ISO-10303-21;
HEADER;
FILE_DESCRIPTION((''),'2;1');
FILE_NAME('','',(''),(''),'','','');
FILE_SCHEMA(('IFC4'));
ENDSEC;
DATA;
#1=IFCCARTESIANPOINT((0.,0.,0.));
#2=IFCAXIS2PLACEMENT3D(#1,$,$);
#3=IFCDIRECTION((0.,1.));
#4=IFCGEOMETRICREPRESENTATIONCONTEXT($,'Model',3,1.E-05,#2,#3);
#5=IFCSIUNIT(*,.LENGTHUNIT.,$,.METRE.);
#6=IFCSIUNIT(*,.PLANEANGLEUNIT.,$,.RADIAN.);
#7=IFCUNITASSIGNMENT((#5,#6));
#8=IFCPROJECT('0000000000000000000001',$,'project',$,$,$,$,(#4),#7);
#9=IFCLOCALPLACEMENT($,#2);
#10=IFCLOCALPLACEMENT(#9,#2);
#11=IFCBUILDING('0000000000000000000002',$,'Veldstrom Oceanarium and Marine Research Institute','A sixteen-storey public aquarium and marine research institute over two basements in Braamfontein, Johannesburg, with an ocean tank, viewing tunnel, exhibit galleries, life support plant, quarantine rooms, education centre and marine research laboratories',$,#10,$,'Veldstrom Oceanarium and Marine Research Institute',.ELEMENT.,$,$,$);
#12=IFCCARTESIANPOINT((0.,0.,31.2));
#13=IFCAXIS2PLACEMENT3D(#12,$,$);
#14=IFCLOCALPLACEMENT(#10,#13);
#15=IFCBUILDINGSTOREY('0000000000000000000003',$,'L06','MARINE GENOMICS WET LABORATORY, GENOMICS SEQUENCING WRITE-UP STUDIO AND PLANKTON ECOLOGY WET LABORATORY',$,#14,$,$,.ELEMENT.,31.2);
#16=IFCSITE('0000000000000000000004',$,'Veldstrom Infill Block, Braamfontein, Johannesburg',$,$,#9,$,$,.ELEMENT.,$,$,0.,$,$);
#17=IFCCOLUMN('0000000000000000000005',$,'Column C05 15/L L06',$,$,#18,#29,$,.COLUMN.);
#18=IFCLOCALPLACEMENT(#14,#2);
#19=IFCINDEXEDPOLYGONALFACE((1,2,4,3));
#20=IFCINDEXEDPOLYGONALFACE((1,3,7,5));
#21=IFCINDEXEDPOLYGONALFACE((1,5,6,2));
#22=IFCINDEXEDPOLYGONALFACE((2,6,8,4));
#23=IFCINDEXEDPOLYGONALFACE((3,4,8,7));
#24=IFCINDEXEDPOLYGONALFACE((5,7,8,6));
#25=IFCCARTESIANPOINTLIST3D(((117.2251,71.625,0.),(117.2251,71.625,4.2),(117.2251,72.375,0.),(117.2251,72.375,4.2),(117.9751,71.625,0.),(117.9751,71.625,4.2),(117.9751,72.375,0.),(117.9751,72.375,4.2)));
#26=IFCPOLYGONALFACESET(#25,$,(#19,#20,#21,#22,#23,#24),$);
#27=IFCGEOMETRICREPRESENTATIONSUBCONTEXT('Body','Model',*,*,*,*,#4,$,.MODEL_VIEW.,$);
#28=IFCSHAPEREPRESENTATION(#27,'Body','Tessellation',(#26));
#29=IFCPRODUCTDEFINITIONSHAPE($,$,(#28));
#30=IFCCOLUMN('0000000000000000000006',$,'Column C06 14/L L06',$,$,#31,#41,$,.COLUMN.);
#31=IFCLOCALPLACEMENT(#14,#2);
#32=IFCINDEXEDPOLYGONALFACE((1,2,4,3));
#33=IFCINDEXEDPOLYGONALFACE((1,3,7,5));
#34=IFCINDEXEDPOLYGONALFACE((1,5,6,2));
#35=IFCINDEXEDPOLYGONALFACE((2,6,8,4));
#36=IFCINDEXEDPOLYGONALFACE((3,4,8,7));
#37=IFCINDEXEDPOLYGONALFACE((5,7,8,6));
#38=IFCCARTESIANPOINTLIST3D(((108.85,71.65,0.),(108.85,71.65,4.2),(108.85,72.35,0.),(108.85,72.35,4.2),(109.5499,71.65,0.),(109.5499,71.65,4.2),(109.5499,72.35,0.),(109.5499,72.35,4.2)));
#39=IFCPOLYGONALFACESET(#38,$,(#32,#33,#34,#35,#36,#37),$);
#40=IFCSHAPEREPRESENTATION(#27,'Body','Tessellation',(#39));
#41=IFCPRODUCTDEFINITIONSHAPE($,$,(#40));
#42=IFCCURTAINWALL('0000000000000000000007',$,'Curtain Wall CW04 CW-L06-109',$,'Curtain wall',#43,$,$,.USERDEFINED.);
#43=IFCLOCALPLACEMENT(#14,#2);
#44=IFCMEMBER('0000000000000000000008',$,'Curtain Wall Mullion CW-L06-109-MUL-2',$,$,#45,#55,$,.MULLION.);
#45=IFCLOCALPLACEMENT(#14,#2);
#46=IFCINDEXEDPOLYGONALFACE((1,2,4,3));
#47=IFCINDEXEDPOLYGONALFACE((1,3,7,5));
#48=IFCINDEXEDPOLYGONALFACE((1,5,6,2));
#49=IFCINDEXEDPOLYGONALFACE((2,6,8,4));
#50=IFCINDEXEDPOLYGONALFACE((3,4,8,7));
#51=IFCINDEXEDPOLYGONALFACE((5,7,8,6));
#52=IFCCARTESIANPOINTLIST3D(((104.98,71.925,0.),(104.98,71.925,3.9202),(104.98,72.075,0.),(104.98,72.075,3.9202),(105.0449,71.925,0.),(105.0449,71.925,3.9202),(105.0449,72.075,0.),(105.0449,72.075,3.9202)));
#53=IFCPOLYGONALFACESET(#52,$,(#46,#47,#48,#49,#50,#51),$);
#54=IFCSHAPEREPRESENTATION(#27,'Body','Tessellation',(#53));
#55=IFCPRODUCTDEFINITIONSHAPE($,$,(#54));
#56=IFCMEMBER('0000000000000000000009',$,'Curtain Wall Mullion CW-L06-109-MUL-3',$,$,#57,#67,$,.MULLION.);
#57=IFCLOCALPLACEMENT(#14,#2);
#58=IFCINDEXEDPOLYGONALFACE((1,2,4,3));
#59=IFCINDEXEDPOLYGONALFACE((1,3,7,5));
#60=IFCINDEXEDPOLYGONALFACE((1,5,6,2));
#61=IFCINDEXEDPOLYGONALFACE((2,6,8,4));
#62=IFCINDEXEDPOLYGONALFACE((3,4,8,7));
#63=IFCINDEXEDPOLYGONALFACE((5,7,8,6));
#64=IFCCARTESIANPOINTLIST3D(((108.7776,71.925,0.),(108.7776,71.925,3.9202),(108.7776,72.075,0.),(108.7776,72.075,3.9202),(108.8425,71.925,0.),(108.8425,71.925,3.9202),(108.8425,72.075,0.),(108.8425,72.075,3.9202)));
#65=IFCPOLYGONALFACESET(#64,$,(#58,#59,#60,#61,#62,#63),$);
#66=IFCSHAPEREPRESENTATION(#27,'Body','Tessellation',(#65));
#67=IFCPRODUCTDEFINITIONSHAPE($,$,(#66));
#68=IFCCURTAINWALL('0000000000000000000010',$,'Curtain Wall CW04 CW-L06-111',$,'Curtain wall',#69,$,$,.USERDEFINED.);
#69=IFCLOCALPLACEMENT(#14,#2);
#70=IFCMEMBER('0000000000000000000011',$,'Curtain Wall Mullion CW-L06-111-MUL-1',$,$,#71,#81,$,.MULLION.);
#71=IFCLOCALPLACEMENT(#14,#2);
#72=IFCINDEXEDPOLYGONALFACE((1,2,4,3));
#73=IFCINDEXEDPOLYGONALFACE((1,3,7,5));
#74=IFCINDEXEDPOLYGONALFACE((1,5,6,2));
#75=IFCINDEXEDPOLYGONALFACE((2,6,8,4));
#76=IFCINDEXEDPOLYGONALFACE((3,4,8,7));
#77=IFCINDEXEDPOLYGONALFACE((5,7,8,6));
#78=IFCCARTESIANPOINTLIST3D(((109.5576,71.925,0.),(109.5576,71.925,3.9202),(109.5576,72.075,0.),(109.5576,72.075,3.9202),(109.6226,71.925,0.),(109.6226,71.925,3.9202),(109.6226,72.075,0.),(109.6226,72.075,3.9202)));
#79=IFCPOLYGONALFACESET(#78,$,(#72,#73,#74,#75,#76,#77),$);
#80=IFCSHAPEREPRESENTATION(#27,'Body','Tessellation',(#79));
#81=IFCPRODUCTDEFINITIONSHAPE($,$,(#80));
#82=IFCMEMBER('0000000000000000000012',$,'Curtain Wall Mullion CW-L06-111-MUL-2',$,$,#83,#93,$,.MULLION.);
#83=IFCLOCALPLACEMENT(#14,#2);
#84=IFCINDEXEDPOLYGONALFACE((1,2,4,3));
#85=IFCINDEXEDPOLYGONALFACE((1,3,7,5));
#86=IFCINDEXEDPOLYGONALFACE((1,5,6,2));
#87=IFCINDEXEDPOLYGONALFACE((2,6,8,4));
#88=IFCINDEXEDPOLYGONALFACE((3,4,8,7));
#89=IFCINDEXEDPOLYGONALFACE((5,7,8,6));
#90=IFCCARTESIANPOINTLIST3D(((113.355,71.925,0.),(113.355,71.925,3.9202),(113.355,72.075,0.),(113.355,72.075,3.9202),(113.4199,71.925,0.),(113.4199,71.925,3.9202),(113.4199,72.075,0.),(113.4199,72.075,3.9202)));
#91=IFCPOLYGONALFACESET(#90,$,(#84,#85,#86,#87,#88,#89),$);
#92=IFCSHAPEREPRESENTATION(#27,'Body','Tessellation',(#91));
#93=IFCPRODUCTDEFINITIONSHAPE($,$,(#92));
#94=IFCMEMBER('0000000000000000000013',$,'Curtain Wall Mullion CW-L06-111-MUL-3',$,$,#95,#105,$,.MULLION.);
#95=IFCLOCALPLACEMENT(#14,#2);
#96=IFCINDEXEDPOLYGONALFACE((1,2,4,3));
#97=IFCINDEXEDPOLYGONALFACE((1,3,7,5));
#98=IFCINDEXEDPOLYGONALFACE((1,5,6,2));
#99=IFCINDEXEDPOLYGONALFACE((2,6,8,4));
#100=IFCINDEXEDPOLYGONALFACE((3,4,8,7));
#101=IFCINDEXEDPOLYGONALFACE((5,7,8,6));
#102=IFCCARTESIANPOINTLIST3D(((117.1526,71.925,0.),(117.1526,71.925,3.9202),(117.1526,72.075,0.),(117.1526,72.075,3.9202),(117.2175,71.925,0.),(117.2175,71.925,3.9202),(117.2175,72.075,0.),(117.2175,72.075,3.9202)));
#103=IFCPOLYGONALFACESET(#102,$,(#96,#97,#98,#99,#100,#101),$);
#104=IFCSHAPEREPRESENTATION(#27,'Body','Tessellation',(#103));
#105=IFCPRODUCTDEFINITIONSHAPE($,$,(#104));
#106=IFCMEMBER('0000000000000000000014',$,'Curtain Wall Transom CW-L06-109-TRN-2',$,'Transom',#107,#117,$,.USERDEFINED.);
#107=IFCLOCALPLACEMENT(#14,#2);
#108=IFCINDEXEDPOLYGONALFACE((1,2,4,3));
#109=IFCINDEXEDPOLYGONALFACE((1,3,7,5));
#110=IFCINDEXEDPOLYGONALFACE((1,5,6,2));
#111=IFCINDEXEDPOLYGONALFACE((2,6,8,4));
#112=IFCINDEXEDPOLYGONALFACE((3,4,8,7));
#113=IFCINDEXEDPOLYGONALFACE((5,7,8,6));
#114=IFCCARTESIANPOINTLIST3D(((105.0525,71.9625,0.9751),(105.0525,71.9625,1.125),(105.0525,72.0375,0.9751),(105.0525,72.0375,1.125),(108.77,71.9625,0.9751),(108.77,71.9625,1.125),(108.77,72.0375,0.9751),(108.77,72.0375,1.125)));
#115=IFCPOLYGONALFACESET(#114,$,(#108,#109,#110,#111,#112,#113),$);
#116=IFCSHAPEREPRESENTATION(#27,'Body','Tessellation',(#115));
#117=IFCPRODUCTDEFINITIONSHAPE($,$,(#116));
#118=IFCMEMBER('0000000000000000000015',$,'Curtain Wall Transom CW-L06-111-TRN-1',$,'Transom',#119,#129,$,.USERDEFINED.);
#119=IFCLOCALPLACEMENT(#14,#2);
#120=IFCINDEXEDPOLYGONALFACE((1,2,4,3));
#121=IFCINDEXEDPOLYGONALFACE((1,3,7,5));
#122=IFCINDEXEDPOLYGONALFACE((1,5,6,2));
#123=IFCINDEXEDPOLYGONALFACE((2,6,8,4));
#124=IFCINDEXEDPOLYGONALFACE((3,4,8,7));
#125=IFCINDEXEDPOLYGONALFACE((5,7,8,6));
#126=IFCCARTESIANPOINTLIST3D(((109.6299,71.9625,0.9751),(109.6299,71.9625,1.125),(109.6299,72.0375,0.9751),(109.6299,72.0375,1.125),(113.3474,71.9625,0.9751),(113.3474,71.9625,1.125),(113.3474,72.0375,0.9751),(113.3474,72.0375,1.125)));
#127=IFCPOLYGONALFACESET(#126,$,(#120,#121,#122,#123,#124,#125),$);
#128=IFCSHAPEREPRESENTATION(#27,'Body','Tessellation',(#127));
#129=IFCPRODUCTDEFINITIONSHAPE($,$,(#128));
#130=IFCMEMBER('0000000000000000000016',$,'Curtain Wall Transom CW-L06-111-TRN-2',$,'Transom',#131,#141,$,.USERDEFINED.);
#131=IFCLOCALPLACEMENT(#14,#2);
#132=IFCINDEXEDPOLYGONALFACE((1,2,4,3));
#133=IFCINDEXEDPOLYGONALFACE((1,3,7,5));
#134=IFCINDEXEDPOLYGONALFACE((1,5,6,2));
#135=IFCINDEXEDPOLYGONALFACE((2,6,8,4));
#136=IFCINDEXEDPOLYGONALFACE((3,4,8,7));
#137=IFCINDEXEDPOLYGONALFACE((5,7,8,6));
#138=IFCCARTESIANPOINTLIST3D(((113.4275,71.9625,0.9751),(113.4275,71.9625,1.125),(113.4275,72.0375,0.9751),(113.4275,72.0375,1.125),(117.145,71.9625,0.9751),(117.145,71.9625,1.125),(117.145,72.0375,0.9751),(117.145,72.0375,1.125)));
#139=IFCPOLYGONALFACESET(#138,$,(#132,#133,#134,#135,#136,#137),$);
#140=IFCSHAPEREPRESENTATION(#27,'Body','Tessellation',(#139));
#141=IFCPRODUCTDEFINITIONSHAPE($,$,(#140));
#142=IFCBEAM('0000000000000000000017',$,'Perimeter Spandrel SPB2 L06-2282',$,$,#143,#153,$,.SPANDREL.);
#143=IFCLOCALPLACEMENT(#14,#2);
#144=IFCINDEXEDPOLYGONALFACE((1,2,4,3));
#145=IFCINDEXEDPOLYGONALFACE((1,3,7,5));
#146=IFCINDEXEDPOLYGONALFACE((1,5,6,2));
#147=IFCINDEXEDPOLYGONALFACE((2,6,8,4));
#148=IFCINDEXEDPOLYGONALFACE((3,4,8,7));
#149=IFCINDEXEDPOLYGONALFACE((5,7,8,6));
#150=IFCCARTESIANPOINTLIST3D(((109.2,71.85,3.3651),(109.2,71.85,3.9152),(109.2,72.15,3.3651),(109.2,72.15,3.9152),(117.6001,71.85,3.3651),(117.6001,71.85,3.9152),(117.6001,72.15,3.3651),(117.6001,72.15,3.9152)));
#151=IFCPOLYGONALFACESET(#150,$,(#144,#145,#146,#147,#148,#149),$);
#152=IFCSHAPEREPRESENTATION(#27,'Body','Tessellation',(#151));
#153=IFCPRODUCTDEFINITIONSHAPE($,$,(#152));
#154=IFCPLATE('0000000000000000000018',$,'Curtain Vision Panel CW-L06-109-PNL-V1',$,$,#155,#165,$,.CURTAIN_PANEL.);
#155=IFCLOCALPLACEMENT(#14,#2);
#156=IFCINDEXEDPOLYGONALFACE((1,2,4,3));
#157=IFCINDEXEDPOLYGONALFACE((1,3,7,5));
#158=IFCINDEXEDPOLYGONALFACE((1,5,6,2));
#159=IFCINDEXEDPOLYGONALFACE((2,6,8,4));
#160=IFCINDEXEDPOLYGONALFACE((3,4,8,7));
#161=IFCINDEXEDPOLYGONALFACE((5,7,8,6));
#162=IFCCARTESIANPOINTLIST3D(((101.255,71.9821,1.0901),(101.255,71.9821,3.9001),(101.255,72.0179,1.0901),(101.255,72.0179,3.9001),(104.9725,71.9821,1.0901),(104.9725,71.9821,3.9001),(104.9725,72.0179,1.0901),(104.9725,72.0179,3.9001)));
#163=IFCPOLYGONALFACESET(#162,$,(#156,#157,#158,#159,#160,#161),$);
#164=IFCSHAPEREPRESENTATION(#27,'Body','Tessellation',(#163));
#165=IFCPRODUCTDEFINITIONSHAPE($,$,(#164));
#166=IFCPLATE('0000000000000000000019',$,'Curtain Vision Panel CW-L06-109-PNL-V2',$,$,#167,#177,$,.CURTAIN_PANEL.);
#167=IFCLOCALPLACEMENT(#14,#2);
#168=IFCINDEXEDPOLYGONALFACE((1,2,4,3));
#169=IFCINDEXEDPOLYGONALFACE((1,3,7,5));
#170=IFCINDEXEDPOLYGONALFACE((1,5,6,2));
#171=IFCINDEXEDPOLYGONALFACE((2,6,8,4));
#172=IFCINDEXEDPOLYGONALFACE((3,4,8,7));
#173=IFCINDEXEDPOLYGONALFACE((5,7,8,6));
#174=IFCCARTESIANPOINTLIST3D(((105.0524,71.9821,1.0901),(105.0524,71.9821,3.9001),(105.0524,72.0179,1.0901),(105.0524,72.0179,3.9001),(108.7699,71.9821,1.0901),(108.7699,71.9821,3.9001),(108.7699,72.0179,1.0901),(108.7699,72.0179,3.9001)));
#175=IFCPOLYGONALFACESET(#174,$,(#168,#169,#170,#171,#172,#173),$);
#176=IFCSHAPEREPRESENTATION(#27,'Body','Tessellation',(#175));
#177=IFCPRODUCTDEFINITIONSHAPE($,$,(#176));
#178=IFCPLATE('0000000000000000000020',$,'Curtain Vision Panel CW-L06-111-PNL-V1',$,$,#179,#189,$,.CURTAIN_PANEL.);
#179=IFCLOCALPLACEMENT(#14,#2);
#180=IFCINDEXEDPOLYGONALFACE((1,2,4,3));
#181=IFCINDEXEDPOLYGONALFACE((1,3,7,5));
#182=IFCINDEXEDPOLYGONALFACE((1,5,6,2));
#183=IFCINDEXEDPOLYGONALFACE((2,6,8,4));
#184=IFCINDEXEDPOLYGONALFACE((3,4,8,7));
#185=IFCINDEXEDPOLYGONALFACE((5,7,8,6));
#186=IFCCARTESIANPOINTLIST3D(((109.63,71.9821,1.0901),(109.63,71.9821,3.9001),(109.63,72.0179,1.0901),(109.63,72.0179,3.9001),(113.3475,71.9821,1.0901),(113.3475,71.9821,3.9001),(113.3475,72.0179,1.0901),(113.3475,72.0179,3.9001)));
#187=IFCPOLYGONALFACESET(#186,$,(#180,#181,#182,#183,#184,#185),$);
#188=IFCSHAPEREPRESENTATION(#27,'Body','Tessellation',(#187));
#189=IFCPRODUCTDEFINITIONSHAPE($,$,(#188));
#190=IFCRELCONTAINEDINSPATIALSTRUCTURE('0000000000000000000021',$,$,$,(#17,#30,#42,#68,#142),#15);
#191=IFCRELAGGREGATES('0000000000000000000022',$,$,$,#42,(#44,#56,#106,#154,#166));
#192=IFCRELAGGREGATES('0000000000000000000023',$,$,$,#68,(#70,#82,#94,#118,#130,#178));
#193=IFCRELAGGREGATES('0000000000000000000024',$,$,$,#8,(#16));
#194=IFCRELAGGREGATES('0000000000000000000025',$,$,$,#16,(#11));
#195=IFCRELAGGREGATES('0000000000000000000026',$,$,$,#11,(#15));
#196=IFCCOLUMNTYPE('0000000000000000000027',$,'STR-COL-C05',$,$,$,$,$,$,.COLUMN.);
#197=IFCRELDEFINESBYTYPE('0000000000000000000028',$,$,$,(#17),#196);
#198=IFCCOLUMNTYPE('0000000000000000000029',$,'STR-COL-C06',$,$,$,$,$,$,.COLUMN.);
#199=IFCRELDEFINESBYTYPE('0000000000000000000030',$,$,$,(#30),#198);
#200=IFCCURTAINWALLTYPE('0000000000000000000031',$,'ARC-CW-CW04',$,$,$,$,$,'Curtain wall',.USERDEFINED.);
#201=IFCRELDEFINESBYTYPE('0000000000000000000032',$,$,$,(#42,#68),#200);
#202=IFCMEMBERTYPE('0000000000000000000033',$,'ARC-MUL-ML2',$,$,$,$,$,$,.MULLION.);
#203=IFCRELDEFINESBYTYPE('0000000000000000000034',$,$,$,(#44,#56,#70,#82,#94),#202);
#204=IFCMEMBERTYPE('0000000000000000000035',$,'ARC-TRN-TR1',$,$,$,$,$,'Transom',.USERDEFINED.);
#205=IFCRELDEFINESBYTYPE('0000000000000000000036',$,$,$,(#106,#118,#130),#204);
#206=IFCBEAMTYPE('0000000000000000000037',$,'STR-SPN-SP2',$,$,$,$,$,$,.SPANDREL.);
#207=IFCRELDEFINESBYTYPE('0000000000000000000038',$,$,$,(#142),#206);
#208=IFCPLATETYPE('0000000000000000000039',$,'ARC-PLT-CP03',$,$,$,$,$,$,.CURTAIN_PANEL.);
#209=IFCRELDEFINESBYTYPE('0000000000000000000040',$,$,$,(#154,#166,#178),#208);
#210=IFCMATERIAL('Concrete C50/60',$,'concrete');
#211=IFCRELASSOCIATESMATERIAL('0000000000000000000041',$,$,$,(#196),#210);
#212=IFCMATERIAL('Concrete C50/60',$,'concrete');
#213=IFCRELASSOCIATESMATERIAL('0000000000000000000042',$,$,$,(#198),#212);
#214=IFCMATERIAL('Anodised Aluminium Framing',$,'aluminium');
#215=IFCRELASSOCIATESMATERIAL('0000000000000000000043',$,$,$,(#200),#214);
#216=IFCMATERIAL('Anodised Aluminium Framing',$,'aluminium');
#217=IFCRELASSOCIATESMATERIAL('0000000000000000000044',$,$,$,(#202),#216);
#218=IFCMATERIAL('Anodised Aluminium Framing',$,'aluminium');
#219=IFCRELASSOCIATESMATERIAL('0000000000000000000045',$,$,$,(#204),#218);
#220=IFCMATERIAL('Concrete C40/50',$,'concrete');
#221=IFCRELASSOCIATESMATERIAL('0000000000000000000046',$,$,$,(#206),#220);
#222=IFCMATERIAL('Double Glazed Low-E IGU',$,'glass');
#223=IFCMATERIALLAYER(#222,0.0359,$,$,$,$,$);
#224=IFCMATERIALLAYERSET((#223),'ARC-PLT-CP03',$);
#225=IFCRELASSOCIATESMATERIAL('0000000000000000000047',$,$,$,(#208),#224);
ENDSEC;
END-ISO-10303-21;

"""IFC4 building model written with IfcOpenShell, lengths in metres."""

from ifc_helpers import new_model, si_unit, direction, frame, origin, origin_2d, place, context, subcontext, project, spatial, rectangle, extrude, material, layer, layer_set, material_profile, profile_set, type_object, element, aggregate, save


model = new_model("IFC4")

# Units and contexts
model_context = context("Model", 3, precision=1e-05, world=origin(), true_north=direction((0.0, 1.0)))
body_context = subcontext(model_context, "Body", "Model", "MODEL_VIEW")
ifc_project = project(units=[si_unit("LENGTHUNIT", "METRE"), si_unit("PLANEANGLEUNIT", "RADIAN")], contexts=[model_context])

# Site, building, storey
site_placement = place(None, origin())
site = spatial("IfcSite", under=ifc_project, at=site_placement, Name="Veldstrom Infill Block, Braamfontein, Johannesburg", CompositionType="ELEMENT", RefElevation=0.0)
building_placement = place(site_placement, origin())
building = spatial("IfcBuilding", under=site, at=building_placement, Name="Veldstrom Oceanarium and Marine Research Institute", Description="A sixteen-storey public aquarium and marine research institute over two basements in Braamfontein, Johannesburg, with an ocean tank, viewing tunnel, exhibit galleries, life support plant, quarantine rooms, education centre and marine research laboratories", LongName="Veldstrom Oceanarium and Marine Research Institute", CompositionType="ELEMENT")
storey_placement = place(building_placement, frame((0.0, 0.0, 31.2)))
storey = spatial("IfcBuildingStorey", under=building, at=storey_placement, Name="L06", Description="MARINE GENOMICS WET LABORATORY, GENOMICS SEQUENCING WRITE-UP STUDIO AND PLANKTON ECOLOGY WET LABORATORY", CompositionType="ELEMENT", Elevation=31.2)

# Columns
ifc_material_1 = material(Name="Concrete C50/60", Category="concrete")
ifc_material_profile_1 = material_profile(ifc_material_1, rectangle(XDim=0.75, YDim=0.75, at=origin_2d()), Name="RC-COL-750x750")
ifc_profile_set_1 = profile_set([ifc_material_profile_1], Name="Concrete C50/60")
column_type_1 = type_object("IfcColumnType", Name="STR-COL-C05", PredefinedType="COLUMN", material=ifc_profile_set_1)
column_1_placement = place(storey_placement, frame((117.6001, 72.0, 0.0), z_axis=(0.0, 0.0, 1.0), x_axis=(1.0, 0.0, 0.0)))
element("IfcColumn", 1, at=column_1_placement, inside=storey, type_object=column_type_1, Name="Column C05 15/L L06", PredefinedType="COLUMN", context=body_context, shape_type="SweptSolid", body=[
    extrude(rectangle(XDim=0.75, YDim=0.75, at=origin_2d()), origin(), (0.0, 0.0, 1.0), 4.2),
])
ifc_material_2 = material(Name="Concrete C50/60", Category="concrete")
ifc_material_profile_2 = material_profile(ifc_material_2, rectangle(XDim=0.7, YDim=0.7, at=origin_2d()), Name="RC-COL-700x700")
ifc_profile_set_2 = profile_set([ifc_material_profile_2], Name="Concrete C50/60")
column_type_2 = type_object("IfcColumnType", Name="STR-COL-C06", PredefinedType="COLUMN", material=ifc_profile_set_2)
column_2_placement = place(storey_placement, frame((109.2, 72.0, 0.0), z_axis=(0.0, 0.0, 1.0), x_axis=(1.0, 0.0, 0.0)))
element("IfcColumn", 2, at=column_2_placement, inside=storey, type_object=column_type_2, Name="Column C06 14/L L06", PredefinedType="COLUMN", context=body_context, shape_type="SweptSolid", body=[
    extrude(rectangle(XDim=0.7, YDim=0.7, at=origin_2d()), origin(), (0.0, 0.0, 1.0), 4.2),
])

# Curtain walls, members
ifc_material_3 = material(Name="Anodised Aluminium Framing", Category="aluminium")
curtain_wall_type = type_object("IfcCurtainWallType", Name="ARC-CW-CW04", ElementType="Curtain wall", PredefinedType="USERDEFINED", material=ifc_material_3)
curtain_wall_1_placement = place(storey_placement, origin())
curtain_wall_1 = element("IfcCurtainWall", 3, at=curtain_wall_1_placement, inside=storey, type_object=curtain_wall_type, Name="Curtain Wall CW04 CW-L06-109", ObjectType="Curtain wall", PredefinedType="USERDEFINED")
ifc_material_4 = material(Name="Anodised Aluminium Framing", Category="aluminium")
ifc_material_profile_3 = material_profile(ifc_material_4, rectangle(XDim=0.0649, YDim=0.1499, at=origin_2d()), Name="ALU-MUL-65x150")
ifc_profile_set_3 = profile_set([ifc_material_profile_3], Name="Anodised Aluminium Framing")
member_type_1 = type_object("IfcMemberType", Name="ARC-MUL-ML2", PredefinedType="MULLION", material=ifc_profile_set_3)
member_1_placement = place(storey_placement, frame((105.0125, 72.0, 0.0), z_axis=(0.0, 0.0, 1.0), x_axis=(1.0, 0.0, 0.0)))
member_1 = element("IfcMember", 4, at=member_1_placement, type_object=member_type_1, Name="Curtain Wall Mullion CW-L06-109-MUL-2", PredefinedType="MULLION", context=body_context, shape_type="SweptSolid", body=[
    extrude(rectangle(XDim=0.0649, YDim=0.1499, at=origin_2d()), origin(), (0.0, 0.0, 1.0), 3.9202),
])
member_2_placement = place(storey_placement, frame((108.8101, 72.0, 0.0), z_axis=(0.0, 0.0, 1.0), x_axis=(1.0, 0.0, 0.0)))
member_2 = element("IfcMember", 5, at=member_2_placement, type_object=member_type_1, Name="Curtain Wall Mullion CW-L06-109-MUL-3", PredefinedType="MULLION", context=body_context, shape_type="SweptSolid", body=[
    extrude(rectangle(XDim=0.0649, YDim=0.1499, at=origin_2d()), origin(), (0.0, 0.0, 1.0), 3.9202),
])
curtain_wall_2_placement = place(storey_placement, origin())
curtain_wall_2 = element("IfcCurtainWall", 6, at=curtain_wall_2_placement, inside=storey, type_object=curtain_wall_type, Name="Curtain Wall CW04 CW-L06-111", ObjectType="Curtain wall", PredefinedType="USERDEFINED")
member_3_placement = place(storey_placement, frame((109.5901, 72.0, 0.0), z_axis=(0.0, 0.0, 1.0), x_axis=(1.0, 0.0, 0.0)))
member_3 = element("IfcMember", 7, at=member_3_placement, type_object=member_type_1, Name="Curtain Wall Mullion CW-L06-111-MUL-1", PredefinedType="MULLION", context=body_context, shape_type="SweptSolid", body=[
    extrude(rectangle(XDim=0.0649, YDim=0.1499, at=origin_2d()), origin(), (0.0, 0.0, 1.0), 3.9202),
])
member_4_placement = place(storey_placement, frame((113.3875, 72.0, 0.0), z_axis=(0.0, 0.0, 1.0), x_axis=(1.0, 0.0, 0.0)))
member_4 = element("IfcMember", 8, at=member_4_placement, type_object=member_type_1, Name="Curtain Wall Mullion CW-L06-111-MUL-2", PredefinedType="MULLION", context=body_context, shape_type="SweptSolid", body=[
    extrude(rectangle(XDim=0.0649, YDim=0.1499, at=origin_2d()), origin(), (0.0, 0.0, 1.0), 3.9202),
])
member_5_placement = place(storey_placement, frame((117.1851, 72.0, 0.0), z_axis=(0.0, 0.0, 1.0), x_axis=(1.0, 0.0, 0.0)))
member_5 = element("IfcMember", 9, at=member_5_placement, type_object=member_type_1, Name="Curtain Wall Mullion CW-L06-111-MUL-3", PredefinedType="MULLION", context=body_context, shape_type="SweptSolid", body=[
    extrude(rectangle(XDim=0.0649, YDim=0.1499, at=origin_2d()), origin(), (0.0, 0.0, 1.0), 3.9202),
])

# Members
ifc_material_5 = material(Name="Anodised Aluminium Framing", Category="aluminium")
ifc_material_profile_4 = material_profile(ifc_material_5, rectangle(XDim=0.075, YDim=0.1499, at=origin_2d()), Name="ALU-TRN-75x150")
ifc_profile_set_4 = profile_set([ifc_material_profile_4], Name="Anodised Aluminium Framing")
member_type_2 = type_object("IfcMemberType", Name="ARC-TRN-TR1", ElementType="Transom", PredefinedType="USERDEFINED", material=ifc_profile_set_4)
member_6_placement = place(storey_placement, frame((105.0525, 72.0, 1.05), z_axis=(1.0, 0.0, 0.0), x_axis=(0.0, 1.0, 0.0)))
member_6 = element("IfcMember", 10, at=member_6_placement, type_object=member_type_2, Name="Curtain Wall Transom CW-L06-109-TRN-2", ObjectType="Transom", PredefinedType="USERDEFINED", context=body_context, shape_type="SweptSolid", body=[
    extrude(rectangle(XDim=0.075, YDim=0.1499, at=origin_2d()), origin(), (0.0, 0.0, 1.0), 3.7175),
])
member_7_placement = place(storey_placement, frame((109.6299, 72.0, 1.05), z_axis=(1.0, 0.0, 0.0), x_axis=(0.0, 1.0, 0.0)))
member_7 = element("IfcMember", 11, at=member_7_placement, type_object=member_type_2, Name="Curtain Wall Transom CW-L06-111-TRN-1", ObjectType="Transom", PredefinedType="USERDEFINED", context=body_context, shape_type="SweptSolid", body=[
    extrude(rectangle(XDim=0.075, YDim=0.1499, at=origin_2d()), origin(), (0.0, 0.0, 1.0), 3.7175),
])
member_8_placement = place(storey_placement, frame((113.4275, 72.0, 1.05), z_axis=(1.0, 0.0, 0.0), x_axis=(0.0, 1.0, 0.0)))
member_8 = element("IfcMember", 12, at=member_8_placement, type_object=member_type_2, Name="Curtain Wall Transom CW-L06-111-TRN-2", ObjectType="Transom", PredefinedType="USERDEFINED", context=body_context, shape_type="SweptSolid", body=[
    extrude(rectangle(XDim=0.075, YDim=0.1499, at=origin_2d()), origin(), (0.0, 0.0, 1.0), 3.7175),
])

# Beam
ifc_material_6 = material(Name="Concrete C40/50", Category="concrete")
ifc_material_profile_5 = material_profile(ifc_material_6, rectangle(XDim=0.3, YDim=0.55, at=origin_2d()), Name="RC-SPN-300x550")
ifc_profile_set_5 = profile_set([ifc_material_profile_5], Name="Concrete C40/50")
beam_type = type_object("IfcBeamType", Name="STR-SPN-SP2", PredefinedType="SPANDREL", material=ifc_profile_set_5)
beam_placement = place(storey_placement, frame((109.2, 72.0, 3.6401), z_axis=(1.0, 0.0, 0.0), x_axis=(0.0, 1.0, 0.0)))
element("IfcBeam", 13, at=beam_placement, inside=storey, type_object=beam_type, Name="Perimeter Spandrel SPB2 L06-2282", PredefinedType="SPANDREL", context=body_context, shape_type="SweptSolid", body=[
    extrude(rectangle(XDim=0.3, YDim=0.55, at=origin_2d()), origin(), (0.0, 0.0, 1.0), 8.4001),
])

# Plates
ifc_material_7 = material(Name="Double Glazed Low-E IGU", Category="glass")
ifc_layer_1 = layer(ifc_material_7, 0.0359)
ifc_layer_set_1 = layer_set([ifc_layer_1], Name="ARC-PLT-CP03")
plate_type_1 = type_object("IfcPlateType", Name="ARC-PLT-CP03", PredefinedType="CURTAIN_PANEL", material=ifc_layer_set_1)
plate_1_placement = place(storey_placement, frame((103.1138, 72.0, 1.0901), z_axis=(0.0, 0.0, 1.0), x_axis=(1.0, 0.0, 0.0)))
plate_1 = element("IfcPlate", 14, at=plate_1_placement, type_object=plate_type_1, Name="Curtain Vision Panel CW-L06-109-PNL-V1", PredefinedType="CURTAIN_PANEL", context=body_context, shape_type="SweptSolid", body=[
    extrude(rectangle(XDim=3.7175, YDim=0.0359, at=origin_2d()), origin(), (0.0, 0.0, 1.0), 2.8101),
])
plate_2_placement = place(storey_placement, frame((106.9111, 72.0, 1.0901), z_axis=(0.0, 0.0, 1.0), x_axis=(1.0, 0.0, 0.0)))
plate_2 = element("IfcPlate", 15, at=plate_2_placement, type_object=plate_type_1, Name="Curtain Vision Panel CW-L06-109-PNL-V2", PredefinedType="CURTAIN_PANEL", context=body_context, shape_type="SweptSolid", body=[
    extrude(rectangle(XDim=3.7175, YDim=0.0359, at=origin_2d()), origin(), (0.0, 0.0, 1.0), 2.8101),
])
plate_3_placement = place(storey_placement, frame((111.4888, 72.0, 1.0901), z_axis=(0.0, 0.0, 1.0), x_axis=(1.0, 0.0, 0.0)))
plate_3 = element("IfcPlate", 16, at=plate_3_placement, type_object=plate_type_1, Name="Curtain Vision Panel CW-L06-111-PNL-V1", PredefinedType="CURTAIN_PANEL", context=body_context, shape_type="SweptSolid", body=[
    extrude(rectangle(XDim=3.7175, YDim=0.0359, at=origin_2d()), origin(), (0.0, 0.0, 1.0), 2.8101),
])
aggregate(curtain_wall_1, [member_1, member_2, member_6, plate_1, plate_2])
aggregate(curtain_wall_2, [member_3, member_4, member_5, member_7, member_8, plate_3])

save(model, "model.ifc")
